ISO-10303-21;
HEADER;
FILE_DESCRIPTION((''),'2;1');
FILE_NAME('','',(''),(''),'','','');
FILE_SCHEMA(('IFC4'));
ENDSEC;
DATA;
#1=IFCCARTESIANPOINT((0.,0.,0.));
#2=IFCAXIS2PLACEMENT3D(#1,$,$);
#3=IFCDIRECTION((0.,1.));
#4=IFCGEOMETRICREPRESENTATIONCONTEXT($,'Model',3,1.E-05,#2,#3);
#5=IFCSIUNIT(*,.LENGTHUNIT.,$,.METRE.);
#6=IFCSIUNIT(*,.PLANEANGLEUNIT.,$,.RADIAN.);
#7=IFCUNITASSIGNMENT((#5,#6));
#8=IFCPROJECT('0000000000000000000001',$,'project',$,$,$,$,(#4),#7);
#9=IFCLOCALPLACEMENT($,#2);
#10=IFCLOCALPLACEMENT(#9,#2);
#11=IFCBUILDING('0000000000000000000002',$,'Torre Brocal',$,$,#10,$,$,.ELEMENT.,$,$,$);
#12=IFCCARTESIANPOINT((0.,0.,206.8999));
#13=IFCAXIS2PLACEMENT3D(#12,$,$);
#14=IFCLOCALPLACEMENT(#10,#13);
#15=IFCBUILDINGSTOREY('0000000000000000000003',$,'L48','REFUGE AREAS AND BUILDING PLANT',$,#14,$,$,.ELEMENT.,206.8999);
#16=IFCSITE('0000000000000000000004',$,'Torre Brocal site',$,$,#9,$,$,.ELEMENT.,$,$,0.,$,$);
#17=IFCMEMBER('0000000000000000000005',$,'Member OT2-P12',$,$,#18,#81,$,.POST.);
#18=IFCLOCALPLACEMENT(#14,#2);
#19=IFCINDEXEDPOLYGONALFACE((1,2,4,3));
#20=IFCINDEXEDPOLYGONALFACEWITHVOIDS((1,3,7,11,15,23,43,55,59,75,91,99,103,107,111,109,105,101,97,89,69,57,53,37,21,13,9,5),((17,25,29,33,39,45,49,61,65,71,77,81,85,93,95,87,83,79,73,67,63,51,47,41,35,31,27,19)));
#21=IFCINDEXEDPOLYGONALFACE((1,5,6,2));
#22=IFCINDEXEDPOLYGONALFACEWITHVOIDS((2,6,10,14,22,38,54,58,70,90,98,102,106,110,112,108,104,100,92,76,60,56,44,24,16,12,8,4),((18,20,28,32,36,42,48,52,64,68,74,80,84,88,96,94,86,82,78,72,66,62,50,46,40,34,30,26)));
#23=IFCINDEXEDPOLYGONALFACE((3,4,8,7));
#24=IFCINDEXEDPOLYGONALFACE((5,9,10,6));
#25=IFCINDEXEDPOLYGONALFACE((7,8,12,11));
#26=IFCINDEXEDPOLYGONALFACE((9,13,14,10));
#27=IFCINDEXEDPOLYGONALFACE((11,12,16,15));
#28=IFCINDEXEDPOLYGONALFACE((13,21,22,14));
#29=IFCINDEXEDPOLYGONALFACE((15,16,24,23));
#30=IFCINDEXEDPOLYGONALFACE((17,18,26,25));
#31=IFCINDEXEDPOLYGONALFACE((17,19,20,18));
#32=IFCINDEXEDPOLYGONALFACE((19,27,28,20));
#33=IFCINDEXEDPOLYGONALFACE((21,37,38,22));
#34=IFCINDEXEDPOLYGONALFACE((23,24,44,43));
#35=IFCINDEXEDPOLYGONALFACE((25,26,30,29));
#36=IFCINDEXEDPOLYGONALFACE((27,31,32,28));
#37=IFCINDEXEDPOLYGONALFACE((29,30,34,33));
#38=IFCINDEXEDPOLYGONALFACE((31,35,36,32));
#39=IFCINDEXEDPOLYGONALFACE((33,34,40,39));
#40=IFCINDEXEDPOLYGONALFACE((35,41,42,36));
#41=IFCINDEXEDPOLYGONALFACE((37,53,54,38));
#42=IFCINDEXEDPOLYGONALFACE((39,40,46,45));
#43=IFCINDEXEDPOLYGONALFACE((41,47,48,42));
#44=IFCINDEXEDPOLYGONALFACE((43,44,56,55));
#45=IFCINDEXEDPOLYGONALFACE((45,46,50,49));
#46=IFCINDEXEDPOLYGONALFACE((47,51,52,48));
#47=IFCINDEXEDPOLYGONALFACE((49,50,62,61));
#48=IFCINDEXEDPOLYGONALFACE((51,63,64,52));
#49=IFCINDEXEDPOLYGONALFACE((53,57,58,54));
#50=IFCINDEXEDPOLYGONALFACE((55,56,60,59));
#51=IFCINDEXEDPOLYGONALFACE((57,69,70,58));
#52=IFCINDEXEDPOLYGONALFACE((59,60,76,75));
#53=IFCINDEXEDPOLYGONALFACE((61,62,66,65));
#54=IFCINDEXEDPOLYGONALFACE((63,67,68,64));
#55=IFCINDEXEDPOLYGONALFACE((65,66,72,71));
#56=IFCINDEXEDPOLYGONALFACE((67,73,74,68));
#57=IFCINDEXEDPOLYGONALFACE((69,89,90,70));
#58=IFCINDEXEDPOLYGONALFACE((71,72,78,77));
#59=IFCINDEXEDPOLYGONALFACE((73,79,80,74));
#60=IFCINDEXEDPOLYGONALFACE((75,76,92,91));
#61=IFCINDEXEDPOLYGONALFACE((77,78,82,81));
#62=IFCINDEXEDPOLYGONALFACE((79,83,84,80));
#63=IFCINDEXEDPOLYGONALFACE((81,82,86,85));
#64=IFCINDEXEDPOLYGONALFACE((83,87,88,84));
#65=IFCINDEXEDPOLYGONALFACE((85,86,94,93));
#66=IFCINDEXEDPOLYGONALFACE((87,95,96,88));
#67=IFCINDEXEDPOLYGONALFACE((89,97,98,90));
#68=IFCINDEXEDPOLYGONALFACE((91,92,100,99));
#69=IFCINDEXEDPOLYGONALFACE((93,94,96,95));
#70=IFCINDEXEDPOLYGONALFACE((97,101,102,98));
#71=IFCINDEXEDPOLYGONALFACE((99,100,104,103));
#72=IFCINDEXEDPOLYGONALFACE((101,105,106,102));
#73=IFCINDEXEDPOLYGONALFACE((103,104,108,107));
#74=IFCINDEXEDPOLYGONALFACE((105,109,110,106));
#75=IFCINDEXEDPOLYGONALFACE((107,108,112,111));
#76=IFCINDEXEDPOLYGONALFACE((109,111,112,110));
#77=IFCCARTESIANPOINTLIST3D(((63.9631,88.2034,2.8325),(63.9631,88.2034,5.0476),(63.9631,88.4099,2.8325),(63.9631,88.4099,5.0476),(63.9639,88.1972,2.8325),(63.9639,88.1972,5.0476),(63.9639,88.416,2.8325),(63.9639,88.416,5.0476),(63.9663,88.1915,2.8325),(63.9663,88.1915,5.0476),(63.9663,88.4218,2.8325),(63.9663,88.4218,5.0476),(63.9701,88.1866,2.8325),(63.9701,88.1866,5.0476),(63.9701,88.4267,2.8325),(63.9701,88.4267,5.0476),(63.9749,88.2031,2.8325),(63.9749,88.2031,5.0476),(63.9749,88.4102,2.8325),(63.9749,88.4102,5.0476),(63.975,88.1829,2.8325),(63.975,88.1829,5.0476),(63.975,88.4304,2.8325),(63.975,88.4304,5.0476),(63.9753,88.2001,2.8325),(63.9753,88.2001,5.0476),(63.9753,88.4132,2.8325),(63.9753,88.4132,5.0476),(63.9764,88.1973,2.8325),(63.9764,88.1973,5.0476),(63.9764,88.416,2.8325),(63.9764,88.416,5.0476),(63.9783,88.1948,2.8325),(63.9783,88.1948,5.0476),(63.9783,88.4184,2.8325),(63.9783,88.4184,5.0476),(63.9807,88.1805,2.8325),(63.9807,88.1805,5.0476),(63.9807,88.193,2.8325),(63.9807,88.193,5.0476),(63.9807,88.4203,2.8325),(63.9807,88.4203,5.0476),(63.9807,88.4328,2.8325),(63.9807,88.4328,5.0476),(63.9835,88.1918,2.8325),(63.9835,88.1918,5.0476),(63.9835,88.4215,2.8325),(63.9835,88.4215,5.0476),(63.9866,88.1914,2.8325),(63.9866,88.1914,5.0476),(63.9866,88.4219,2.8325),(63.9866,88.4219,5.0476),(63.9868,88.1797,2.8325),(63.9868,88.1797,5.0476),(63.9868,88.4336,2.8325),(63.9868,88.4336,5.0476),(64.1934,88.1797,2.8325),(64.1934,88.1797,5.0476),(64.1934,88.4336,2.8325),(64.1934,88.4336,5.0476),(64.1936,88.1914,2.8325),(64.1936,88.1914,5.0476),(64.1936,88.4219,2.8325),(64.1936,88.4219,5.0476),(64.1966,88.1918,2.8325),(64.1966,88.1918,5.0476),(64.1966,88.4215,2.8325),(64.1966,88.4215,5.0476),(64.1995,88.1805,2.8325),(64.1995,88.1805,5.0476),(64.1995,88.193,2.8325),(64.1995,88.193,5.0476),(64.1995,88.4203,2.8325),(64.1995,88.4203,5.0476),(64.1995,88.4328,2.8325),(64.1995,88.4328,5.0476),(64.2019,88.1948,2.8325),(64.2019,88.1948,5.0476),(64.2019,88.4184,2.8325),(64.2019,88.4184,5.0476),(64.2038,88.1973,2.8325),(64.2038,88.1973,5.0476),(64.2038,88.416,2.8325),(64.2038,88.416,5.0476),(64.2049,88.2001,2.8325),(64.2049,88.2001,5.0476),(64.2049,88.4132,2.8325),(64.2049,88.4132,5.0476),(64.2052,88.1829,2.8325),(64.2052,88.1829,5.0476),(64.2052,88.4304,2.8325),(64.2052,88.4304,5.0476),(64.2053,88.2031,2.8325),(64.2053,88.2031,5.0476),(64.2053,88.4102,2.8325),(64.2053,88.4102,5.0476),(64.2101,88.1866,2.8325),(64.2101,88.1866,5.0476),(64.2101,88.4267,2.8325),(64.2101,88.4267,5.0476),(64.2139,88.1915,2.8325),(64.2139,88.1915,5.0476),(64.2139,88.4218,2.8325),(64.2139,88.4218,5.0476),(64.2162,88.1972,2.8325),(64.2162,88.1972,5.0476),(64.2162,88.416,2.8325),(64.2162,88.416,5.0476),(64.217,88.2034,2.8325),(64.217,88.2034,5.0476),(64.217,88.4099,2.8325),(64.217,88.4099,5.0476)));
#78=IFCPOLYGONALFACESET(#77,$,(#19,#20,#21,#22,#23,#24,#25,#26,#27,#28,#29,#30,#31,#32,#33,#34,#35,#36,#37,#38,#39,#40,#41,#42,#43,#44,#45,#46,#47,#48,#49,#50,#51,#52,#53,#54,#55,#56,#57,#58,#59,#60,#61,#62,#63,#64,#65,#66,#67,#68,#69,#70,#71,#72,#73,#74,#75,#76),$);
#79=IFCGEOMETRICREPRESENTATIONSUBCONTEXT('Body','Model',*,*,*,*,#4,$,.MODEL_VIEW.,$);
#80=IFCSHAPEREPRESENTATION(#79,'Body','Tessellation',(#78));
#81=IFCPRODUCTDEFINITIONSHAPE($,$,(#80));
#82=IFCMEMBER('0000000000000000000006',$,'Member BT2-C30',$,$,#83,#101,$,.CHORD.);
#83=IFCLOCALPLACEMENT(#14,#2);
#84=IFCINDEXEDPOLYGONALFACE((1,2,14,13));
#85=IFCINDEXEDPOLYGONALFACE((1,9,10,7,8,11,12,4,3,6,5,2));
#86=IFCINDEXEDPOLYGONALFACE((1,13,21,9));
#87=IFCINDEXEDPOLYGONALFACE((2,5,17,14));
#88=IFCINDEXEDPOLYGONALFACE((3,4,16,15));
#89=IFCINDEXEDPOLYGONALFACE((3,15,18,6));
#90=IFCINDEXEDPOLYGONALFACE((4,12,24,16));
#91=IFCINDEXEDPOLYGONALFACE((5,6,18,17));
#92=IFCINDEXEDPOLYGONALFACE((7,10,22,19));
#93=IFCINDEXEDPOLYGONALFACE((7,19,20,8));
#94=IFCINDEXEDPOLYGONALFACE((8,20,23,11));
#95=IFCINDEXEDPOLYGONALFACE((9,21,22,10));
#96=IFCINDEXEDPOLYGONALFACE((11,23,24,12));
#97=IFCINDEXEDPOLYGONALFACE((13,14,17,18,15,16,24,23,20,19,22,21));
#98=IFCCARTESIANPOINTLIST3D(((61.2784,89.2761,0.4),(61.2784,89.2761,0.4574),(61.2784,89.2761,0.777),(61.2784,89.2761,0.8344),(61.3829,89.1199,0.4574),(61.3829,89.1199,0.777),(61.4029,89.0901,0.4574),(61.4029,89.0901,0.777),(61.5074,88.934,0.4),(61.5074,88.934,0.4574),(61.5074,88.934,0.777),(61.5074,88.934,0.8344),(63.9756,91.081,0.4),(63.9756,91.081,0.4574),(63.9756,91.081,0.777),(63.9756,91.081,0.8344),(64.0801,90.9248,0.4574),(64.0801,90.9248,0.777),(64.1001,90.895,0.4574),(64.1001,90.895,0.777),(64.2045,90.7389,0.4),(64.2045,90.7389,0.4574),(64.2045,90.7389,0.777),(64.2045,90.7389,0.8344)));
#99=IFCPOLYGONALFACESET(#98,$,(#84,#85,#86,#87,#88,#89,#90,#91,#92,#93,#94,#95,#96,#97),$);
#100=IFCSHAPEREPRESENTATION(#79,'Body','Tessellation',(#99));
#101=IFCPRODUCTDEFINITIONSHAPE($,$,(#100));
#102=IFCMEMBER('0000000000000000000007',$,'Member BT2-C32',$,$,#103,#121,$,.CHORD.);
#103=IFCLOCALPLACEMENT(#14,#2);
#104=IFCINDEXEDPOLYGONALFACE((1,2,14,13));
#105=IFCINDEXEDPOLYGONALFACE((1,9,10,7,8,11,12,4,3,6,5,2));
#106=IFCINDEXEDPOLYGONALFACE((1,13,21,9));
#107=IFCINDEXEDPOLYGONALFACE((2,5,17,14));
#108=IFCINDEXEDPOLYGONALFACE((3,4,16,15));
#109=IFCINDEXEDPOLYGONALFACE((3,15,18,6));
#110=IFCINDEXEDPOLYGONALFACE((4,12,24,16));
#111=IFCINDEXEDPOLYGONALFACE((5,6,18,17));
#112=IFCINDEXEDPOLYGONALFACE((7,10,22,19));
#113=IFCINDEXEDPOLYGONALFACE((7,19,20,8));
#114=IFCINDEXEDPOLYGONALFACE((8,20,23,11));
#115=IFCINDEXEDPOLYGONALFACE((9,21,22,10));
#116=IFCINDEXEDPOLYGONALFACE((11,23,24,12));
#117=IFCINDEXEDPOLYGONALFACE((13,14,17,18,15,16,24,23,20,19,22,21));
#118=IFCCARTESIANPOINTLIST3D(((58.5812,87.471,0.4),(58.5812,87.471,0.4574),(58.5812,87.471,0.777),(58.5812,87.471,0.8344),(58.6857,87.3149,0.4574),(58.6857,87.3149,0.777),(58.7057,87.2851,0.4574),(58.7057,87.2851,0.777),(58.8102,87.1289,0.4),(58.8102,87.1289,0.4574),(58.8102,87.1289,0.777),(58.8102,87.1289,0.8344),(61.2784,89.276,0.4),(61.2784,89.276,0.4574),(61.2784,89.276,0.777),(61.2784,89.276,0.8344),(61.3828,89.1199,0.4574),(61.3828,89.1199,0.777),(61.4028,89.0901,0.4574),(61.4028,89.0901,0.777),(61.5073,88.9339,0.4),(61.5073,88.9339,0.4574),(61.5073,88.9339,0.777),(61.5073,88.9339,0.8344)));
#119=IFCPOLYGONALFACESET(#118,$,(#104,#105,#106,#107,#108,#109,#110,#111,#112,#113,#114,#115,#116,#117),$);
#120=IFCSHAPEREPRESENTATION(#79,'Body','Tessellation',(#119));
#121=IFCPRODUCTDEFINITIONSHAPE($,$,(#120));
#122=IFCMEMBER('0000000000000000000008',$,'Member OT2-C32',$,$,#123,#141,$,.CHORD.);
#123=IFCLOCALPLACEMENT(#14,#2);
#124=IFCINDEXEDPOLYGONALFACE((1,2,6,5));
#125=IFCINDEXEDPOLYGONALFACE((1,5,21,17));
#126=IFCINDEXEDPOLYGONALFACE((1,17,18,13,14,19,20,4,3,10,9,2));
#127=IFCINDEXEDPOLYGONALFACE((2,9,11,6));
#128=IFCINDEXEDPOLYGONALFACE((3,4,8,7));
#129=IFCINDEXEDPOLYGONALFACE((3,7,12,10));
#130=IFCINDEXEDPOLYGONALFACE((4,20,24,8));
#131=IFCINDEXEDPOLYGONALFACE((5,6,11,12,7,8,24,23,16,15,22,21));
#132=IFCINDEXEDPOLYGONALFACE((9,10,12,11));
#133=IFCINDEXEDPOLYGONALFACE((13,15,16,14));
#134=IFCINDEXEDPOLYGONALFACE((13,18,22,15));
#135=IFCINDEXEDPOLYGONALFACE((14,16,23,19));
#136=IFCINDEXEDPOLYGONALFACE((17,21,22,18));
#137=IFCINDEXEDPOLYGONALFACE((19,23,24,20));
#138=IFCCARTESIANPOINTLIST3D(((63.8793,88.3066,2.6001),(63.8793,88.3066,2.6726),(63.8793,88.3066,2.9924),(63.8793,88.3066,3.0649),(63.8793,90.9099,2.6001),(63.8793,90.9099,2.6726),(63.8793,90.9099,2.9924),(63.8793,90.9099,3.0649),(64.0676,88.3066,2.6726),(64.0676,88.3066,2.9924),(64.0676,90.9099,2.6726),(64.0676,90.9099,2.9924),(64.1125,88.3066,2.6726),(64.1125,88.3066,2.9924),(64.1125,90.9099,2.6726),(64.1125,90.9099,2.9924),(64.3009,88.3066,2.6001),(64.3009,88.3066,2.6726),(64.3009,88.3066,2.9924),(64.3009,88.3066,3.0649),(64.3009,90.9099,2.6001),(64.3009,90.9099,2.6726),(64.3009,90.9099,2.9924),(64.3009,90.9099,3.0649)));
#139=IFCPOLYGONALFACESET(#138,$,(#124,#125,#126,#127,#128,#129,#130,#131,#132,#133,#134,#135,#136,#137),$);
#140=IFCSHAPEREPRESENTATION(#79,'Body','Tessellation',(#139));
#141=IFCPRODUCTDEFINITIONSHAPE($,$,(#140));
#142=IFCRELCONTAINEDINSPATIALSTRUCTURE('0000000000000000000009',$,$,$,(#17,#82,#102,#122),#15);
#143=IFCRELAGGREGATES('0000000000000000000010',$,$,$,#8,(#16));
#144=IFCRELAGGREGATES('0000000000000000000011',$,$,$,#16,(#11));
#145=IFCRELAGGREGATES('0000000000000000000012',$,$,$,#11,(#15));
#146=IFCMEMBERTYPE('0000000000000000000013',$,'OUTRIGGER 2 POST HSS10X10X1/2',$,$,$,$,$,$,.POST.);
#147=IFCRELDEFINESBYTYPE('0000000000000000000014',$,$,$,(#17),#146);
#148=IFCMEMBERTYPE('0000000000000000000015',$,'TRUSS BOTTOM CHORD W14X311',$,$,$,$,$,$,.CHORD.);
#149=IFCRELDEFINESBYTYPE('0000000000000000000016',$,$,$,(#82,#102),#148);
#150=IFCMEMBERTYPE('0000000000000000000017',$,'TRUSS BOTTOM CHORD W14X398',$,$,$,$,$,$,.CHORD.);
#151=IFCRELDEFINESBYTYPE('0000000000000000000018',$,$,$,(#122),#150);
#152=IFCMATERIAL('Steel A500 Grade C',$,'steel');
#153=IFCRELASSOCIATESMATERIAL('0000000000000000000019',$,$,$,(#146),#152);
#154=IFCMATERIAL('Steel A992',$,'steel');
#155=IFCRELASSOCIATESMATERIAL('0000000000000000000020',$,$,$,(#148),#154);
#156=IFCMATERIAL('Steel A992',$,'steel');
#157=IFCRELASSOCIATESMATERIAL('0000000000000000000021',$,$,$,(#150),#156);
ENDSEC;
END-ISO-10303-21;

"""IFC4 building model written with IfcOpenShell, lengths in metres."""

from ifc_helpers import new_model, si_unit, direction, frame, origin, origin_2d, place, context, subcontext, project, spatial, hollow_rectangle, i_section, extrude, material, material_profile, profile_set, type_object, element, save


model = new_model("IFC4")

# Units and contexts
model_context = context("Model", 3, precision=1e-05, world=origin(), true_north=direction((0.0, 1.0)))
body_context = subcontext(model_context, "Body", "Model", "MODEL_VIEW")
ifc_project = project(units=[si_unit("LENGTHUNIT", "METRE"), si_unit("PLANEANGLEUNIT", "RADIAN")], contexts=[model_context])

# Site, building, storey
site_placement = place(None, origin())
site = spatial("IfcSite", under=ifc_project, at=site_placement, Name="Torre Brocal site", CompositionType="ELEMENT", RefElevation=0.0)
building_placement = place(site_placement, origin())
building = spatial("IfcBuilding", under=site, at=building_placement, Name="Torre Brocal", CompositionType="ELEMENT")
storey_placement = place(building_placement, frame((0.0, 0.0, 206.8999)))
storey = spatial("IfcBuildingStorey", under=building, at=storey_placement, Name="L48", Description="REFUGE AREAS AND BUILDING PLANT", CompositionType="ELEMENT", Elevation=206.8999)

# Members
ifc_material_1 = material(Name="Steel A500 Grade C", Category="steel")
ifc_material_profile_1 = material_profile(ifc_material_1, hollow_rectangle(XDim=0.2539, YDim=0.2539, WallThickness=0.0117, InnerFilletRadius=0.0117, OuterFilletRadius=0.0237, at=origin_2d()), Name="HSS10X10X1/2")
ifc_profile_set_1 = profile_set([ifc_material_profile_1], Name="Steel A500 Grade C")
member_type_1 = type_object("IfcMemberType", Name="OUTRIGGER 2 POST HSS10X10X1/2", PredefinedType="POST", material=ifc_profile_set_1)
member_1_placement = place(storey_placement, frame((64.0901, 88.3066, 2.8325), z_axis=(0.0, 0.0, 1.0), x_axis=(1.0, 0.0, 0.0)))
element("IfcMember", 1, at=member_1_placement, inside=storey, type_object=member_type_1, Name="Member OT2-P12", PredefinedType="POST", context=body_context, shape_type="SweptSolid", body=[
    extrude(hollow_rectangle(XDim=0.2539, YDim=0.2539, WallThickness=0.0117, InnerFilletRadius=0.0117, OuterFilletRadius=0.0237, at=origin_2d()), origin(), (0.0, 0.0, 1.0), 2.2151),
])
ifc_material_2 = material(Name="Steel A992", Category="steel")
ifc_material_profile_2 = material_profile(ifc_material_2, i_section(OverallWidth=0.4116, OverallDepth=0.4343, WebThickness=0.0359, FlangeThickness=0.0574, at=origin_2d()), Name="W14X311")
ifc_profile_set_2 = profile_set([ifc_material_profile_2], Name="Steel A992")
member_type_2 = type_object("IfcMemberType", Name="TRUSS BOTTOM CHORD W14X311", PredefinedType="CHORD", material=ifc_profile_set_2)
for number, where, z_axis, x_axis, name in (
    (2, (64.0901, 90.9099, 0.6172), (-0.831088, -0.55614, 0.0), (0.55614, -0.831088, 0.0), "Member BT2-C30"),
    (3, (61.3928, 89.105, 0.6172), (-0.831065, -0.556175, 0.0), (0.556175, -0.831065, 0.0), "Member BT2-C32"),
):
    element("IfcMember", number, at=place(storey_placement, frame(where, z_axis=z_axis, x_axis=x_axis)), inside=storey, type_object=member_type_2, Name=name, PredefinedType="CHORD", context=body_context, shape_type="SweptSolid", body=[
        extrude(i_section(OverallWidth=0.4116, OverallDepth=0.4343, WebThickness=0.0359, FlangeThickness=0.0574, at=origin_2d()), origin(), (0.0, 0.0, 1.0), 3.2454),
    ])
ifc_material_3 = material(Name="Steel A992", Category="steel")
ifc_material_profile_3 = material_profile(ifc_material_3, i_section(OverallWidth=0.4216, OverallDepth=0.4648, WebThickness=0.0449, FlangeThickness=0.0725, at=origin_2d()), Name="W14X398")
ifc_profile_set_3 = profile_set([ifc_material_profile_3], Name="Steel A992")
member_type_3 = type_object("IfcMemberType", Name="TRUSS BOTTOM CHORD W14X398", PredefinedType="CHORD", material=ifc_profile_set_3)
member_2_placement = place(storey_placement, frame((64.0901, 88.3066, 2.8325), z_axis=(0.0, 1.0, 0.0), x_axis=(-1.0, 0.0, 0.0)))
element("IfcMember", 4, at=member_2_placement, inside=storey, type_object=member_type_3, Name="Member OT2-C32", PredefinedType="CHORD", context=body_context, shape_type="SweptSolid", body=[
    extrude(i_section(OverallWidth=0.4216, OverallDepth=0.4648, WebThickness=0.0449, FlangeThickness=0.0725, at=origin_2d()), origin(), (0.0, 0.0, 1.0), 2.6033),
])

save(model, "model.ifc")
